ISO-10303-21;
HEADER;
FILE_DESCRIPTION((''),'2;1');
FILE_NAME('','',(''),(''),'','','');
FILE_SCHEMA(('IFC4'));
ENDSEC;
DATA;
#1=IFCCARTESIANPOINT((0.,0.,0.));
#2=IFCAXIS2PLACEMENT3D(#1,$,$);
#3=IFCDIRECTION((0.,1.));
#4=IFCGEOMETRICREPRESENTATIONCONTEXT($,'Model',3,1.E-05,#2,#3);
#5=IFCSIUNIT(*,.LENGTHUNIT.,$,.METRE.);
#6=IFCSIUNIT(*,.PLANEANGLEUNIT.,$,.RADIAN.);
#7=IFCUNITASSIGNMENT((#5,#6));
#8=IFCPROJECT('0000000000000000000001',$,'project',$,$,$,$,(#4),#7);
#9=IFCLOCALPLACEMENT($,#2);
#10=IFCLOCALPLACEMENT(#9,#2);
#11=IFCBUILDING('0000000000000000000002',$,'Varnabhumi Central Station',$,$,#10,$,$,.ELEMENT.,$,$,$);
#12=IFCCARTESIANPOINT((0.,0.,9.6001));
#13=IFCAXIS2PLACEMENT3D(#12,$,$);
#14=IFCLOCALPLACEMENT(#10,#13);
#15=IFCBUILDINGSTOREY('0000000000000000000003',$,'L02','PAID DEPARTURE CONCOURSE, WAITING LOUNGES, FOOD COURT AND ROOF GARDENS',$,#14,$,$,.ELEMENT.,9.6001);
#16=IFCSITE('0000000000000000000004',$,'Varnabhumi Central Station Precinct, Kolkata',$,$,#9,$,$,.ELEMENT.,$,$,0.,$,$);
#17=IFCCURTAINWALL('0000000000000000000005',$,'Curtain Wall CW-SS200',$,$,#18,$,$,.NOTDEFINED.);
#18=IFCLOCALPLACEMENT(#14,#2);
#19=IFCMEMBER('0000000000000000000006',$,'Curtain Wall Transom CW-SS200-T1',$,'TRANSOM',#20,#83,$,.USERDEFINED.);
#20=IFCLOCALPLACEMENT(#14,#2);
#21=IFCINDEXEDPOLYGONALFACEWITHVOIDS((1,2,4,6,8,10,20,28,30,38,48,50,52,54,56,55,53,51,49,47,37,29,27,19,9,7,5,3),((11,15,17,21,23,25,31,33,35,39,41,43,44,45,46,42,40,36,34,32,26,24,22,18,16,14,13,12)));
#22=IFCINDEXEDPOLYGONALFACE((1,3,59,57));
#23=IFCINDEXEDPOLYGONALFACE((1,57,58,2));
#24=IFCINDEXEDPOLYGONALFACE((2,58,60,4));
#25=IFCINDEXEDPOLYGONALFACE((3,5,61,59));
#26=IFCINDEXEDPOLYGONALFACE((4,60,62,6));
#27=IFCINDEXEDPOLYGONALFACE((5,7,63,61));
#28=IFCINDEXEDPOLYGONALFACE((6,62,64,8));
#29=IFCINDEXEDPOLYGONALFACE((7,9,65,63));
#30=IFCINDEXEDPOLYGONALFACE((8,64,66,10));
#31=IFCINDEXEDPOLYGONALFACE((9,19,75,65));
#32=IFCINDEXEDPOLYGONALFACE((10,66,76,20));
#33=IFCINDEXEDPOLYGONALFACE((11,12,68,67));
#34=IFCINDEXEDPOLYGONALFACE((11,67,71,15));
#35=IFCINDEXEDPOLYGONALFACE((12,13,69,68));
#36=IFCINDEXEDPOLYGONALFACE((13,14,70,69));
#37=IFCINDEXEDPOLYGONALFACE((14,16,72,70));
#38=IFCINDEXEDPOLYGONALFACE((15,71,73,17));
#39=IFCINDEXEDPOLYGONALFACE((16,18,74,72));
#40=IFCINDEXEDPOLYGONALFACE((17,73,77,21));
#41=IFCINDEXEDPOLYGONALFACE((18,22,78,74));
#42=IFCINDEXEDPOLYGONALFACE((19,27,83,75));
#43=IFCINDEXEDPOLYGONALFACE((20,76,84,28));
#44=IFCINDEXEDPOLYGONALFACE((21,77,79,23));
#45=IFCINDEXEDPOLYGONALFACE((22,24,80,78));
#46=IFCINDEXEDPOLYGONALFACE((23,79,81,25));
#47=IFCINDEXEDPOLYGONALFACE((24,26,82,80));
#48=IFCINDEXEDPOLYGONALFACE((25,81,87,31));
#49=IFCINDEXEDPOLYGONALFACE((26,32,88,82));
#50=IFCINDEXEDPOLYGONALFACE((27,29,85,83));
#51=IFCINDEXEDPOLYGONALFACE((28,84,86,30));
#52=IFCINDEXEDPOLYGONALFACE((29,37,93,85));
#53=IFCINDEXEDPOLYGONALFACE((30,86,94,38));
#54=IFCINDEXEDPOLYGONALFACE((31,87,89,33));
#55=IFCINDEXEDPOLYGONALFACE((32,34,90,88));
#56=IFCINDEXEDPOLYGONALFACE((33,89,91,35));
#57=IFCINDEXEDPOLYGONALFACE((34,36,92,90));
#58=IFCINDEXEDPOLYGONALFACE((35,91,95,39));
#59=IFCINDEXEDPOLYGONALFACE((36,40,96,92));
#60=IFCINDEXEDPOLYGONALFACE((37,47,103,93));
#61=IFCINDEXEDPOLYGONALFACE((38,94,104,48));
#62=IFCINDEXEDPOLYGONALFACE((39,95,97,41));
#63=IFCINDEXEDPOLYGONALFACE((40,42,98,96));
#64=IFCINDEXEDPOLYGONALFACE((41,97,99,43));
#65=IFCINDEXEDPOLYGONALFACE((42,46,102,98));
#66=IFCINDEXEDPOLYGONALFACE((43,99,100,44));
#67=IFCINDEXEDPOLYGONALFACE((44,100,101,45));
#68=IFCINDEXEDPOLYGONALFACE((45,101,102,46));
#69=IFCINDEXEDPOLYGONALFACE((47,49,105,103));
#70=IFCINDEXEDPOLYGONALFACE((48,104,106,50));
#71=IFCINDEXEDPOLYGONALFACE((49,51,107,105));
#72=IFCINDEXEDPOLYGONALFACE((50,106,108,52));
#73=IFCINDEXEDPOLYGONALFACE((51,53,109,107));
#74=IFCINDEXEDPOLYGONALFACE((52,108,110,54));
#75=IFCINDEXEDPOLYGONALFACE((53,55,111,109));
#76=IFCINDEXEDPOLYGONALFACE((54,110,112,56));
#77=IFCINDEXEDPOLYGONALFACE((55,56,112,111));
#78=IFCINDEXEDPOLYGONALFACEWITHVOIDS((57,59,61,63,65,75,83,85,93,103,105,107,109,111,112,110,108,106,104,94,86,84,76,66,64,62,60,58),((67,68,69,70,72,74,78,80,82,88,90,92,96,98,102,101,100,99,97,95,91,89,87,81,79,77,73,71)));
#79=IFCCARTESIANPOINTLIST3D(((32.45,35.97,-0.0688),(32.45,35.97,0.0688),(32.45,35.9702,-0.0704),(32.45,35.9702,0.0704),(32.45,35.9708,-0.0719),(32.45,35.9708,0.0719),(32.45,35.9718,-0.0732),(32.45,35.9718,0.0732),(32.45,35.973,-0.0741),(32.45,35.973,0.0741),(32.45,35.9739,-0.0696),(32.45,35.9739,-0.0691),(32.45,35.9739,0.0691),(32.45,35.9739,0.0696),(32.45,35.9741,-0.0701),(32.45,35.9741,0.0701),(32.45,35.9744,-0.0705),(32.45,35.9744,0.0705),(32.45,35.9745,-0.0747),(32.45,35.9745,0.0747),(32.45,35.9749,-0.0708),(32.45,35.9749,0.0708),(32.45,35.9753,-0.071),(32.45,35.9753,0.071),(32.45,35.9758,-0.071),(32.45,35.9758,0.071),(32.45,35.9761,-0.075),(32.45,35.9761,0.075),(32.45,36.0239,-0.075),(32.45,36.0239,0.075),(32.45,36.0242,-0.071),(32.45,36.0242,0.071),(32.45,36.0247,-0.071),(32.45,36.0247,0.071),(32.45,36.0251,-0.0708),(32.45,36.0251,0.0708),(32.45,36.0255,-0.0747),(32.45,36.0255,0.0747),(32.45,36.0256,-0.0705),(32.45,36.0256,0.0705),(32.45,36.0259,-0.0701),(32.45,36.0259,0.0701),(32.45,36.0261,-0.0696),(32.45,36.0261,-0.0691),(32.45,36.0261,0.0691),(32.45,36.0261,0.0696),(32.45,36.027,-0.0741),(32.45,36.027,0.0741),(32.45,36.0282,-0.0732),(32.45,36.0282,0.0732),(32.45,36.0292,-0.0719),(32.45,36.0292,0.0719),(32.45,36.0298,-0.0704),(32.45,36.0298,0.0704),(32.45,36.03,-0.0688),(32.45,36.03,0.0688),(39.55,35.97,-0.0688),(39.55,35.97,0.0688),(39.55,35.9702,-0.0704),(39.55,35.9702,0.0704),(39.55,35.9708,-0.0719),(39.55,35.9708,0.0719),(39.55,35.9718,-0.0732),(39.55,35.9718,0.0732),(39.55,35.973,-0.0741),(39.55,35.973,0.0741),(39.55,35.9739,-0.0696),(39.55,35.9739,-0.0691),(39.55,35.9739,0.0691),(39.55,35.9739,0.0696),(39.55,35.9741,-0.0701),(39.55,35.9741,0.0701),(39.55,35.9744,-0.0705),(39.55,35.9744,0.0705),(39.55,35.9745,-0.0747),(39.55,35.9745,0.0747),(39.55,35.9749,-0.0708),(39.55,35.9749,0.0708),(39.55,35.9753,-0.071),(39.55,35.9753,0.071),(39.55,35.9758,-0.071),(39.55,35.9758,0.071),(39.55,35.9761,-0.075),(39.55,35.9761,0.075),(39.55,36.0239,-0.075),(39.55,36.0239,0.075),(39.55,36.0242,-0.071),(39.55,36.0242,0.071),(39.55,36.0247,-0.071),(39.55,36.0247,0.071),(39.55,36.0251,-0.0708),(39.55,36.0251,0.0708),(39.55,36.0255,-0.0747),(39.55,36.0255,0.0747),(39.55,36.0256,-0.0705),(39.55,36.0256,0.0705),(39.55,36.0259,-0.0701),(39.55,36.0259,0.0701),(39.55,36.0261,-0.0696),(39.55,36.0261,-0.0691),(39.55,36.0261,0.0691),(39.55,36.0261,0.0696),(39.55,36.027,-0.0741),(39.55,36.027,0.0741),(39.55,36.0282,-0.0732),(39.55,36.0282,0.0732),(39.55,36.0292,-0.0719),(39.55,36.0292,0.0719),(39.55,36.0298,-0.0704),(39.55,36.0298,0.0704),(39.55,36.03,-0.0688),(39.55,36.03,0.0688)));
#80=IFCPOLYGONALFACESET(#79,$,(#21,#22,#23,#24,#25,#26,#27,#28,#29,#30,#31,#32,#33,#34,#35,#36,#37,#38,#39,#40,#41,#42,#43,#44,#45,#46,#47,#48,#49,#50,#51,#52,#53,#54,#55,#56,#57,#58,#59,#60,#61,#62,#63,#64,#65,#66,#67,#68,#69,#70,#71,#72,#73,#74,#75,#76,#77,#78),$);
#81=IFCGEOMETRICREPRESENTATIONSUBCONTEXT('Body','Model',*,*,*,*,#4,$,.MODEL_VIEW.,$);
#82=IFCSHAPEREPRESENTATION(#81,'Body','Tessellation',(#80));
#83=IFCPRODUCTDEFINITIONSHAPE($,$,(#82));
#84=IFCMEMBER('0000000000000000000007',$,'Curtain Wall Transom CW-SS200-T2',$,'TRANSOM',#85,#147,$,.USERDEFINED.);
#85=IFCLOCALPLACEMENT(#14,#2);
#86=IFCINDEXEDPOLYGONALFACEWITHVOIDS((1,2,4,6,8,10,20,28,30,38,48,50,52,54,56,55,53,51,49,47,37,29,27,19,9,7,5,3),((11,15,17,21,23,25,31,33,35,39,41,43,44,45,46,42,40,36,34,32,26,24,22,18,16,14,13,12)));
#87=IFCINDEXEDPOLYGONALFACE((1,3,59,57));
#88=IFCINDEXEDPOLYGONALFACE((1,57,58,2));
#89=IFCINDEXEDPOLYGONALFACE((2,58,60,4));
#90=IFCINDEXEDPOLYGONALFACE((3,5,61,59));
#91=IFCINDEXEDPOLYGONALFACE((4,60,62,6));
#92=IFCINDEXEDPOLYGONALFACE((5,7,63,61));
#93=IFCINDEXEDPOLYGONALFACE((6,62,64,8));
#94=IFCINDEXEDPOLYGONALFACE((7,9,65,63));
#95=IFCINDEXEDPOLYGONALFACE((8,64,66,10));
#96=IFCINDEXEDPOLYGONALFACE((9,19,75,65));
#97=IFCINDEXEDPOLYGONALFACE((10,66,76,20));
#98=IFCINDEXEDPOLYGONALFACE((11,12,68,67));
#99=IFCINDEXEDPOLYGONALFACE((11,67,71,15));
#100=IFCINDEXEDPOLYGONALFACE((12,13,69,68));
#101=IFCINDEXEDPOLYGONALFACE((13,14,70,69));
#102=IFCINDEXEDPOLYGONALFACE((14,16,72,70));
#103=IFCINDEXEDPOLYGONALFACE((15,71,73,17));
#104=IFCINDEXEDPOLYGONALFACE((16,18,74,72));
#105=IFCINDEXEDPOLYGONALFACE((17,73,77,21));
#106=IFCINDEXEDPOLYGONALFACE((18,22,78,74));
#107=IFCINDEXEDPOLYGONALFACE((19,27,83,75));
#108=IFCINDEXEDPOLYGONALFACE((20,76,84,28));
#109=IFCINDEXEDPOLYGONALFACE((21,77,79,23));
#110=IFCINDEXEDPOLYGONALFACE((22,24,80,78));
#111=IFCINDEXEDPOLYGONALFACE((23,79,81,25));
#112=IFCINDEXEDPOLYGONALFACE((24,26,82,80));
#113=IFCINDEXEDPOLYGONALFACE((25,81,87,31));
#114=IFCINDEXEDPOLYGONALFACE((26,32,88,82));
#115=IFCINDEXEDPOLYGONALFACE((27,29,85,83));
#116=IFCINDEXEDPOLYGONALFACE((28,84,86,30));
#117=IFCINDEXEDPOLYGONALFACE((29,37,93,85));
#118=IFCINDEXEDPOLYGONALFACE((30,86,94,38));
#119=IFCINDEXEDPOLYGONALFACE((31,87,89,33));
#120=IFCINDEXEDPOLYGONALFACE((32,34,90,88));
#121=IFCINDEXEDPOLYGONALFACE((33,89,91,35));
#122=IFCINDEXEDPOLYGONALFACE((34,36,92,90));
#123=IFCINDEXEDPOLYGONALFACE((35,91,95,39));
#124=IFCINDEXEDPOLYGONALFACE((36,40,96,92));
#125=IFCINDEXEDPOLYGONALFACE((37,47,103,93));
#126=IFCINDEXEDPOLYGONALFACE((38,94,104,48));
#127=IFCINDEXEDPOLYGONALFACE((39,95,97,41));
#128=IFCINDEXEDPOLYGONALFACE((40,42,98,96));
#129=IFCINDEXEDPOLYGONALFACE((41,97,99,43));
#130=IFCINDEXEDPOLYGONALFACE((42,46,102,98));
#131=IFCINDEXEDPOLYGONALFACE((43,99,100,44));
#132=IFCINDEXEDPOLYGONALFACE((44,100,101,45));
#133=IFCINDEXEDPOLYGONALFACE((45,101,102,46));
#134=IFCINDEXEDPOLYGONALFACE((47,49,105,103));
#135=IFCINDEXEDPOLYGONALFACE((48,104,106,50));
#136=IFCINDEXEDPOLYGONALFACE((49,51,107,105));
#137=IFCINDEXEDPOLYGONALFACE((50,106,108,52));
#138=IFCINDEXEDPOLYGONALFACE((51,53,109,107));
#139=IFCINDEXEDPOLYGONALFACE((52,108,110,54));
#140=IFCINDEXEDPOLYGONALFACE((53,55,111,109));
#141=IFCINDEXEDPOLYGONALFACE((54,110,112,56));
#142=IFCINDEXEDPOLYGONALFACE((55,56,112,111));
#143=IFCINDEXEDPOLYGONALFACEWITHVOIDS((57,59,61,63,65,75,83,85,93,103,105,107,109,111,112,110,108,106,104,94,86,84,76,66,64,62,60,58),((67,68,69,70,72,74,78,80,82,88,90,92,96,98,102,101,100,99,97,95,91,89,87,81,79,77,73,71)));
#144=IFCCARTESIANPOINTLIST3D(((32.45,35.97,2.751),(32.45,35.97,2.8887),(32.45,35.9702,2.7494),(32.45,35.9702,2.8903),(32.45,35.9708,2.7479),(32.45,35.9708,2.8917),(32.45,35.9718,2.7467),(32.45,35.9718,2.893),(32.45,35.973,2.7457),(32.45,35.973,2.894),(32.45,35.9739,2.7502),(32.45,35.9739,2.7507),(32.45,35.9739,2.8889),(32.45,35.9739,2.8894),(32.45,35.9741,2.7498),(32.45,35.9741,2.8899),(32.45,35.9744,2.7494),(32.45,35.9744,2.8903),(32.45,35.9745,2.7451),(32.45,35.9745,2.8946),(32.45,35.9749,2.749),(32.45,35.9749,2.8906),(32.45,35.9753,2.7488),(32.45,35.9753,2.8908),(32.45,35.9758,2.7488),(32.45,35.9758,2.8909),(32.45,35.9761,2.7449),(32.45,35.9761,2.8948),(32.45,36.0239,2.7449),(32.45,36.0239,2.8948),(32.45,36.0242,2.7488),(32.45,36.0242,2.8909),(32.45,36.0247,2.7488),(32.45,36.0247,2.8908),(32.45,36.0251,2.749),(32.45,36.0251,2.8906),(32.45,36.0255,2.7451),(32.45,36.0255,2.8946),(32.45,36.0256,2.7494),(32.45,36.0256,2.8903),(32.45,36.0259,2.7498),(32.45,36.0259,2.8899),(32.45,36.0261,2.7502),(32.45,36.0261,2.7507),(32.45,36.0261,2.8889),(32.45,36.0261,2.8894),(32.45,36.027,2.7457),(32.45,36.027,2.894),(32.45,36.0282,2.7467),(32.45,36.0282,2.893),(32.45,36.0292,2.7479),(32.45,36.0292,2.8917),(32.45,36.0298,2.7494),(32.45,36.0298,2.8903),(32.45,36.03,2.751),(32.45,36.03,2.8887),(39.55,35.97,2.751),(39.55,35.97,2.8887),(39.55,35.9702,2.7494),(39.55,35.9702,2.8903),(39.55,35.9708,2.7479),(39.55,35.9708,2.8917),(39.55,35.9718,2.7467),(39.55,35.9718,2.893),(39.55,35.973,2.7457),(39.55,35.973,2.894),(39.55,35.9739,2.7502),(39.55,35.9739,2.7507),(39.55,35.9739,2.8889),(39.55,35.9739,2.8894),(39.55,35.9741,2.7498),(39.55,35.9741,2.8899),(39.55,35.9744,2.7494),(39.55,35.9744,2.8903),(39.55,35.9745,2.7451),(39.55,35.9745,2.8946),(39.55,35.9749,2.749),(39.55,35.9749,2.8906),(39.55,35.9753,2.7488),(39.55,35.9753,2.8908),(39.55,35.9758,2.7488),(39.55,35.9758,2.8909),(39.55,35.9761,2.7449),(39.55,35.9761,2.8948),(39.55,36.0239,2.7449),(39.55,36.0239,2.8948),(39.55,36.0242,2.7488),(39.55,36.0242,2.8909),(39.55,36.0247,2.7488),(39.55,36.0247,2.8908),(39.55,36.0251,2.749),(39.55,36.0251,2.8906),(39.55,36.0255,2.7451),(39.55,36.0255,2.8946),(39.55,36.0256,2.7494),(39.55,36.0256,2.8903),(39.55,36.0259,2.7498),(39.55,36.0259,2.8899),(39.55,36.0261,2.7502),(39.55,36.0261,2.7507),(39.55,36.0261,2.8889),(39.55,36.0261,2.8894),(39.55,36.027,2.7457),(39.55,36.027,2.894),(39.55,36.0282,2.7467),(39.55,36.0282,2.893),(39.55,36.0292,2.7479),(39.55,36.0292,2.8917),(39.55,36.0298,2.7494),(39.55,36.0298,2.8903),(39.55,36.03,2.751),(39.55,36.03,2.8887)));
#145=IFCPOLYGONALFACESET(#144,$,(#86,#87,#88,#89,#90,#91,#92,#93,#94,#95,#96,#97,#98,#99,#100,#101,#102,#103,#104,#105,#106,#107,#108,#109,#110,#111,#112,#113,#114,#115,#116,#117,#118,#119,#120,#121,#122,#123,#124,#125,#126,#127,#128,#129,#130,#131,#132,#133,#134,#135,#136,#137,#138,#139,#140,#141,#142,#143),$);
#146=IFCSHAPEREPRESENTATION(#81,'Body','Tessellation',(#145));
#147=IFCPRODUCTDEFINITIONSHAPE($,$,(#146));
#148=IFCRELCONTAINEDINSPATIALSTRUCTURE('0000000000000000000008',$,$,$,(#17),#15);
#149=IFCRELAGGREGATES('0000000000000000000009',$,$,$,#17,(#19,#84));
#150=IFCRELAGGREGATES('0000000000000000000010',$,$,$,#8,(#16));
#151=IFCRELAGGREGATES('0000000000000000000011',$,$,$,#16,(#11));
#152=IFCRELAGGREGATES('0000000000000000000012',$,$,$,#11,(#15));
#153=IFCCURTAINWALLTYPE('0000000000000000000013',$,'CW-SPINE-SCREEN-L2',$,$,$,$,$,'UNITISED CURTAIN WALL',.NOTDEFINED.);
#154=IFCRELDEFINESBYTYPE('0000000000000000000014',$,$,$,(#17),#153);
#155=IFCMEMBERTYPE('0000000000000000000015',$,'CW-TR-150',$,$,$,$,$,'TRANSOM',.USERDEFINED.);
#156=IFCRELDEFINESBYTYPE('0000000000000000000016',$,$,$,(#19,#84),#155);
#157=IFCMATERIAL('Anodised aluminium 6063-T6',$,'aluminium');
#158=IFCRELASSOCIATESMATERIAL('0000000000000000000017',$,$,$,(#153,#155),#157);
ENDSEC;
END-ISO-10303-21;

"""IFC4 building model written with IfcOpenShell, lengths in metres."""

from ifc_helpers import new_model, si_unit, direction, frame, origin, origin_2d, place, context, subcontext, project, spatial, hollow_rectangle, extrude, material, material_profile, profile_set, type_object, element, aggregate, save


model = new_model("IFC4")

# Units and contexts
model_context = context("Model", 3, precision=1e-05, world=origin(), true_north=direction((0.0, 1.0)))
body_context = subcontext(model_context, "Body", "Model", "MODEL_VIEW")
ifc_project = project(units=[si_unit("LENGTHUNIT", "METRE"), si_unit("PLANEANGLEUNIT", "RADIAN")], contexts=[model_context])

# Site, building, storey
site_placement = place(None, origin())
site = spatial("IfcSite", under=ifc_project, at=site_placement, Name="Varnabhumi Central Station Precinct, Kolkata", CompositionType="ELEMENT", RefElevation=0.0)
building_placement = place(site_placement, origin())
building = spatial("IfcBuilding", under=site, at=building_placement, Name="Varnabhumi Central Station", CompositionType="ELEMENT")
storey_placement = place(building_placement, frame((0.0, 0.0, 9.6001)))
storey = spatial("IfcBuildingStorey", under=building, at=storey_placement, Name="L02", Description="PAID DEPARTURE CONCOURSE, WAITING LOUNGES, FOOD COURT AND ROOF GARDENS", CompositionType="ELEMENT", Elevation=9.6001)

# Curtain wall, members
ifc_material_1 = material(Name="Anodised aluminium 6063-T6", Category="aluminium")
curtain_wall_type = type_object("IfcCurtainWallType", Name="CW-SPINE-SCREEN-L2", ElementType="UNITISED CURTAIN WALL", PredefinedType="NOTDEFINED", material=ifc_material_1)
curtain_wall_placement = place(storey_placement, origin())
curtain_wall = element("IfcCurtainWall", 1, at=curtain_wall_placement, inside=storey, type_object=curtain_wall_type, Name="Curtain Wall CW-SS200", PredefinedType="NOTDEFINED")
ifc_material_profile_1 = material_profile(ifc_material_1, hollow_rectangle(XDim=0.0601, YDim=0.1499, WallThickness=0.0039, InnerFilletRadius=0.002, OuterFilletRadius=0.0061, at=origin_2d()), Name="Anodised aluminium 6063-T6", Category="aluminium")
ifc_profile_set_1 = profile_set([ifc_material_profile_1], Name="Anodised aluminium 6063-T6")
member_type_1 = type_object("IfcMemberType", Name="CW-TR-150", ElementType="TRANSOM", PredefinedType="USERDEFINED", material=ifc_profile_set_1)
member_1_placement = place(storey_placement, frame((32.45, 36.0, 0.0), z_axis=(1.0, 0.0, 0.0), x_axis=(0.0, 1.0, 0.0)))
member_1 = element("IfcMember", 2, at=member_1_placement, type_object=member_type_1, Name="Curtain Wall Transom CW-SS200-T1", ObjectType="TRANSOM", PredefinedType="USERDEFINED", context=body_context, shape_type="SweptSolid", body=[
    extrude(hollow_rectangle(XDim=0.0601, YDim=0.1499, WallThickness=0.0039, InnerFilletRadius=0.002, OuterFilletRadius=0.0061, at=origin_2d()), origin(), (0.0, 0.0, 1.0), 7.1001),
])
member_2_placement = place(storey_placement, frame((32.45, 36.0, 2.8198), z_axis=(1.0, 0.0, 0.0), x_axis=(0.0, 1.0, 0.0)))
member_2 = element("IfcMember", 3, at=member_2_placement, type_object=member_type_1, Name="Curtain Wall Transom CW-SS200-T2", ObjectType="TRANSOM", PredefinedType="USERDEFINED", context=body_context, shape_type="SweptSolid", body=[
    extrude(hollow_rectangle(XDim=0.0601, YDim=0.1499, WallThickness=0.0039, InnerFilletRadius=0.002, OuterFilletRadius=0.0061, at=origin_2d()), origin(), (0.0, 0.0, 1.0), 7.1001),
])

aggregate(curtain_wall, [member_1, member_2])

save(model, "model.ifc")
